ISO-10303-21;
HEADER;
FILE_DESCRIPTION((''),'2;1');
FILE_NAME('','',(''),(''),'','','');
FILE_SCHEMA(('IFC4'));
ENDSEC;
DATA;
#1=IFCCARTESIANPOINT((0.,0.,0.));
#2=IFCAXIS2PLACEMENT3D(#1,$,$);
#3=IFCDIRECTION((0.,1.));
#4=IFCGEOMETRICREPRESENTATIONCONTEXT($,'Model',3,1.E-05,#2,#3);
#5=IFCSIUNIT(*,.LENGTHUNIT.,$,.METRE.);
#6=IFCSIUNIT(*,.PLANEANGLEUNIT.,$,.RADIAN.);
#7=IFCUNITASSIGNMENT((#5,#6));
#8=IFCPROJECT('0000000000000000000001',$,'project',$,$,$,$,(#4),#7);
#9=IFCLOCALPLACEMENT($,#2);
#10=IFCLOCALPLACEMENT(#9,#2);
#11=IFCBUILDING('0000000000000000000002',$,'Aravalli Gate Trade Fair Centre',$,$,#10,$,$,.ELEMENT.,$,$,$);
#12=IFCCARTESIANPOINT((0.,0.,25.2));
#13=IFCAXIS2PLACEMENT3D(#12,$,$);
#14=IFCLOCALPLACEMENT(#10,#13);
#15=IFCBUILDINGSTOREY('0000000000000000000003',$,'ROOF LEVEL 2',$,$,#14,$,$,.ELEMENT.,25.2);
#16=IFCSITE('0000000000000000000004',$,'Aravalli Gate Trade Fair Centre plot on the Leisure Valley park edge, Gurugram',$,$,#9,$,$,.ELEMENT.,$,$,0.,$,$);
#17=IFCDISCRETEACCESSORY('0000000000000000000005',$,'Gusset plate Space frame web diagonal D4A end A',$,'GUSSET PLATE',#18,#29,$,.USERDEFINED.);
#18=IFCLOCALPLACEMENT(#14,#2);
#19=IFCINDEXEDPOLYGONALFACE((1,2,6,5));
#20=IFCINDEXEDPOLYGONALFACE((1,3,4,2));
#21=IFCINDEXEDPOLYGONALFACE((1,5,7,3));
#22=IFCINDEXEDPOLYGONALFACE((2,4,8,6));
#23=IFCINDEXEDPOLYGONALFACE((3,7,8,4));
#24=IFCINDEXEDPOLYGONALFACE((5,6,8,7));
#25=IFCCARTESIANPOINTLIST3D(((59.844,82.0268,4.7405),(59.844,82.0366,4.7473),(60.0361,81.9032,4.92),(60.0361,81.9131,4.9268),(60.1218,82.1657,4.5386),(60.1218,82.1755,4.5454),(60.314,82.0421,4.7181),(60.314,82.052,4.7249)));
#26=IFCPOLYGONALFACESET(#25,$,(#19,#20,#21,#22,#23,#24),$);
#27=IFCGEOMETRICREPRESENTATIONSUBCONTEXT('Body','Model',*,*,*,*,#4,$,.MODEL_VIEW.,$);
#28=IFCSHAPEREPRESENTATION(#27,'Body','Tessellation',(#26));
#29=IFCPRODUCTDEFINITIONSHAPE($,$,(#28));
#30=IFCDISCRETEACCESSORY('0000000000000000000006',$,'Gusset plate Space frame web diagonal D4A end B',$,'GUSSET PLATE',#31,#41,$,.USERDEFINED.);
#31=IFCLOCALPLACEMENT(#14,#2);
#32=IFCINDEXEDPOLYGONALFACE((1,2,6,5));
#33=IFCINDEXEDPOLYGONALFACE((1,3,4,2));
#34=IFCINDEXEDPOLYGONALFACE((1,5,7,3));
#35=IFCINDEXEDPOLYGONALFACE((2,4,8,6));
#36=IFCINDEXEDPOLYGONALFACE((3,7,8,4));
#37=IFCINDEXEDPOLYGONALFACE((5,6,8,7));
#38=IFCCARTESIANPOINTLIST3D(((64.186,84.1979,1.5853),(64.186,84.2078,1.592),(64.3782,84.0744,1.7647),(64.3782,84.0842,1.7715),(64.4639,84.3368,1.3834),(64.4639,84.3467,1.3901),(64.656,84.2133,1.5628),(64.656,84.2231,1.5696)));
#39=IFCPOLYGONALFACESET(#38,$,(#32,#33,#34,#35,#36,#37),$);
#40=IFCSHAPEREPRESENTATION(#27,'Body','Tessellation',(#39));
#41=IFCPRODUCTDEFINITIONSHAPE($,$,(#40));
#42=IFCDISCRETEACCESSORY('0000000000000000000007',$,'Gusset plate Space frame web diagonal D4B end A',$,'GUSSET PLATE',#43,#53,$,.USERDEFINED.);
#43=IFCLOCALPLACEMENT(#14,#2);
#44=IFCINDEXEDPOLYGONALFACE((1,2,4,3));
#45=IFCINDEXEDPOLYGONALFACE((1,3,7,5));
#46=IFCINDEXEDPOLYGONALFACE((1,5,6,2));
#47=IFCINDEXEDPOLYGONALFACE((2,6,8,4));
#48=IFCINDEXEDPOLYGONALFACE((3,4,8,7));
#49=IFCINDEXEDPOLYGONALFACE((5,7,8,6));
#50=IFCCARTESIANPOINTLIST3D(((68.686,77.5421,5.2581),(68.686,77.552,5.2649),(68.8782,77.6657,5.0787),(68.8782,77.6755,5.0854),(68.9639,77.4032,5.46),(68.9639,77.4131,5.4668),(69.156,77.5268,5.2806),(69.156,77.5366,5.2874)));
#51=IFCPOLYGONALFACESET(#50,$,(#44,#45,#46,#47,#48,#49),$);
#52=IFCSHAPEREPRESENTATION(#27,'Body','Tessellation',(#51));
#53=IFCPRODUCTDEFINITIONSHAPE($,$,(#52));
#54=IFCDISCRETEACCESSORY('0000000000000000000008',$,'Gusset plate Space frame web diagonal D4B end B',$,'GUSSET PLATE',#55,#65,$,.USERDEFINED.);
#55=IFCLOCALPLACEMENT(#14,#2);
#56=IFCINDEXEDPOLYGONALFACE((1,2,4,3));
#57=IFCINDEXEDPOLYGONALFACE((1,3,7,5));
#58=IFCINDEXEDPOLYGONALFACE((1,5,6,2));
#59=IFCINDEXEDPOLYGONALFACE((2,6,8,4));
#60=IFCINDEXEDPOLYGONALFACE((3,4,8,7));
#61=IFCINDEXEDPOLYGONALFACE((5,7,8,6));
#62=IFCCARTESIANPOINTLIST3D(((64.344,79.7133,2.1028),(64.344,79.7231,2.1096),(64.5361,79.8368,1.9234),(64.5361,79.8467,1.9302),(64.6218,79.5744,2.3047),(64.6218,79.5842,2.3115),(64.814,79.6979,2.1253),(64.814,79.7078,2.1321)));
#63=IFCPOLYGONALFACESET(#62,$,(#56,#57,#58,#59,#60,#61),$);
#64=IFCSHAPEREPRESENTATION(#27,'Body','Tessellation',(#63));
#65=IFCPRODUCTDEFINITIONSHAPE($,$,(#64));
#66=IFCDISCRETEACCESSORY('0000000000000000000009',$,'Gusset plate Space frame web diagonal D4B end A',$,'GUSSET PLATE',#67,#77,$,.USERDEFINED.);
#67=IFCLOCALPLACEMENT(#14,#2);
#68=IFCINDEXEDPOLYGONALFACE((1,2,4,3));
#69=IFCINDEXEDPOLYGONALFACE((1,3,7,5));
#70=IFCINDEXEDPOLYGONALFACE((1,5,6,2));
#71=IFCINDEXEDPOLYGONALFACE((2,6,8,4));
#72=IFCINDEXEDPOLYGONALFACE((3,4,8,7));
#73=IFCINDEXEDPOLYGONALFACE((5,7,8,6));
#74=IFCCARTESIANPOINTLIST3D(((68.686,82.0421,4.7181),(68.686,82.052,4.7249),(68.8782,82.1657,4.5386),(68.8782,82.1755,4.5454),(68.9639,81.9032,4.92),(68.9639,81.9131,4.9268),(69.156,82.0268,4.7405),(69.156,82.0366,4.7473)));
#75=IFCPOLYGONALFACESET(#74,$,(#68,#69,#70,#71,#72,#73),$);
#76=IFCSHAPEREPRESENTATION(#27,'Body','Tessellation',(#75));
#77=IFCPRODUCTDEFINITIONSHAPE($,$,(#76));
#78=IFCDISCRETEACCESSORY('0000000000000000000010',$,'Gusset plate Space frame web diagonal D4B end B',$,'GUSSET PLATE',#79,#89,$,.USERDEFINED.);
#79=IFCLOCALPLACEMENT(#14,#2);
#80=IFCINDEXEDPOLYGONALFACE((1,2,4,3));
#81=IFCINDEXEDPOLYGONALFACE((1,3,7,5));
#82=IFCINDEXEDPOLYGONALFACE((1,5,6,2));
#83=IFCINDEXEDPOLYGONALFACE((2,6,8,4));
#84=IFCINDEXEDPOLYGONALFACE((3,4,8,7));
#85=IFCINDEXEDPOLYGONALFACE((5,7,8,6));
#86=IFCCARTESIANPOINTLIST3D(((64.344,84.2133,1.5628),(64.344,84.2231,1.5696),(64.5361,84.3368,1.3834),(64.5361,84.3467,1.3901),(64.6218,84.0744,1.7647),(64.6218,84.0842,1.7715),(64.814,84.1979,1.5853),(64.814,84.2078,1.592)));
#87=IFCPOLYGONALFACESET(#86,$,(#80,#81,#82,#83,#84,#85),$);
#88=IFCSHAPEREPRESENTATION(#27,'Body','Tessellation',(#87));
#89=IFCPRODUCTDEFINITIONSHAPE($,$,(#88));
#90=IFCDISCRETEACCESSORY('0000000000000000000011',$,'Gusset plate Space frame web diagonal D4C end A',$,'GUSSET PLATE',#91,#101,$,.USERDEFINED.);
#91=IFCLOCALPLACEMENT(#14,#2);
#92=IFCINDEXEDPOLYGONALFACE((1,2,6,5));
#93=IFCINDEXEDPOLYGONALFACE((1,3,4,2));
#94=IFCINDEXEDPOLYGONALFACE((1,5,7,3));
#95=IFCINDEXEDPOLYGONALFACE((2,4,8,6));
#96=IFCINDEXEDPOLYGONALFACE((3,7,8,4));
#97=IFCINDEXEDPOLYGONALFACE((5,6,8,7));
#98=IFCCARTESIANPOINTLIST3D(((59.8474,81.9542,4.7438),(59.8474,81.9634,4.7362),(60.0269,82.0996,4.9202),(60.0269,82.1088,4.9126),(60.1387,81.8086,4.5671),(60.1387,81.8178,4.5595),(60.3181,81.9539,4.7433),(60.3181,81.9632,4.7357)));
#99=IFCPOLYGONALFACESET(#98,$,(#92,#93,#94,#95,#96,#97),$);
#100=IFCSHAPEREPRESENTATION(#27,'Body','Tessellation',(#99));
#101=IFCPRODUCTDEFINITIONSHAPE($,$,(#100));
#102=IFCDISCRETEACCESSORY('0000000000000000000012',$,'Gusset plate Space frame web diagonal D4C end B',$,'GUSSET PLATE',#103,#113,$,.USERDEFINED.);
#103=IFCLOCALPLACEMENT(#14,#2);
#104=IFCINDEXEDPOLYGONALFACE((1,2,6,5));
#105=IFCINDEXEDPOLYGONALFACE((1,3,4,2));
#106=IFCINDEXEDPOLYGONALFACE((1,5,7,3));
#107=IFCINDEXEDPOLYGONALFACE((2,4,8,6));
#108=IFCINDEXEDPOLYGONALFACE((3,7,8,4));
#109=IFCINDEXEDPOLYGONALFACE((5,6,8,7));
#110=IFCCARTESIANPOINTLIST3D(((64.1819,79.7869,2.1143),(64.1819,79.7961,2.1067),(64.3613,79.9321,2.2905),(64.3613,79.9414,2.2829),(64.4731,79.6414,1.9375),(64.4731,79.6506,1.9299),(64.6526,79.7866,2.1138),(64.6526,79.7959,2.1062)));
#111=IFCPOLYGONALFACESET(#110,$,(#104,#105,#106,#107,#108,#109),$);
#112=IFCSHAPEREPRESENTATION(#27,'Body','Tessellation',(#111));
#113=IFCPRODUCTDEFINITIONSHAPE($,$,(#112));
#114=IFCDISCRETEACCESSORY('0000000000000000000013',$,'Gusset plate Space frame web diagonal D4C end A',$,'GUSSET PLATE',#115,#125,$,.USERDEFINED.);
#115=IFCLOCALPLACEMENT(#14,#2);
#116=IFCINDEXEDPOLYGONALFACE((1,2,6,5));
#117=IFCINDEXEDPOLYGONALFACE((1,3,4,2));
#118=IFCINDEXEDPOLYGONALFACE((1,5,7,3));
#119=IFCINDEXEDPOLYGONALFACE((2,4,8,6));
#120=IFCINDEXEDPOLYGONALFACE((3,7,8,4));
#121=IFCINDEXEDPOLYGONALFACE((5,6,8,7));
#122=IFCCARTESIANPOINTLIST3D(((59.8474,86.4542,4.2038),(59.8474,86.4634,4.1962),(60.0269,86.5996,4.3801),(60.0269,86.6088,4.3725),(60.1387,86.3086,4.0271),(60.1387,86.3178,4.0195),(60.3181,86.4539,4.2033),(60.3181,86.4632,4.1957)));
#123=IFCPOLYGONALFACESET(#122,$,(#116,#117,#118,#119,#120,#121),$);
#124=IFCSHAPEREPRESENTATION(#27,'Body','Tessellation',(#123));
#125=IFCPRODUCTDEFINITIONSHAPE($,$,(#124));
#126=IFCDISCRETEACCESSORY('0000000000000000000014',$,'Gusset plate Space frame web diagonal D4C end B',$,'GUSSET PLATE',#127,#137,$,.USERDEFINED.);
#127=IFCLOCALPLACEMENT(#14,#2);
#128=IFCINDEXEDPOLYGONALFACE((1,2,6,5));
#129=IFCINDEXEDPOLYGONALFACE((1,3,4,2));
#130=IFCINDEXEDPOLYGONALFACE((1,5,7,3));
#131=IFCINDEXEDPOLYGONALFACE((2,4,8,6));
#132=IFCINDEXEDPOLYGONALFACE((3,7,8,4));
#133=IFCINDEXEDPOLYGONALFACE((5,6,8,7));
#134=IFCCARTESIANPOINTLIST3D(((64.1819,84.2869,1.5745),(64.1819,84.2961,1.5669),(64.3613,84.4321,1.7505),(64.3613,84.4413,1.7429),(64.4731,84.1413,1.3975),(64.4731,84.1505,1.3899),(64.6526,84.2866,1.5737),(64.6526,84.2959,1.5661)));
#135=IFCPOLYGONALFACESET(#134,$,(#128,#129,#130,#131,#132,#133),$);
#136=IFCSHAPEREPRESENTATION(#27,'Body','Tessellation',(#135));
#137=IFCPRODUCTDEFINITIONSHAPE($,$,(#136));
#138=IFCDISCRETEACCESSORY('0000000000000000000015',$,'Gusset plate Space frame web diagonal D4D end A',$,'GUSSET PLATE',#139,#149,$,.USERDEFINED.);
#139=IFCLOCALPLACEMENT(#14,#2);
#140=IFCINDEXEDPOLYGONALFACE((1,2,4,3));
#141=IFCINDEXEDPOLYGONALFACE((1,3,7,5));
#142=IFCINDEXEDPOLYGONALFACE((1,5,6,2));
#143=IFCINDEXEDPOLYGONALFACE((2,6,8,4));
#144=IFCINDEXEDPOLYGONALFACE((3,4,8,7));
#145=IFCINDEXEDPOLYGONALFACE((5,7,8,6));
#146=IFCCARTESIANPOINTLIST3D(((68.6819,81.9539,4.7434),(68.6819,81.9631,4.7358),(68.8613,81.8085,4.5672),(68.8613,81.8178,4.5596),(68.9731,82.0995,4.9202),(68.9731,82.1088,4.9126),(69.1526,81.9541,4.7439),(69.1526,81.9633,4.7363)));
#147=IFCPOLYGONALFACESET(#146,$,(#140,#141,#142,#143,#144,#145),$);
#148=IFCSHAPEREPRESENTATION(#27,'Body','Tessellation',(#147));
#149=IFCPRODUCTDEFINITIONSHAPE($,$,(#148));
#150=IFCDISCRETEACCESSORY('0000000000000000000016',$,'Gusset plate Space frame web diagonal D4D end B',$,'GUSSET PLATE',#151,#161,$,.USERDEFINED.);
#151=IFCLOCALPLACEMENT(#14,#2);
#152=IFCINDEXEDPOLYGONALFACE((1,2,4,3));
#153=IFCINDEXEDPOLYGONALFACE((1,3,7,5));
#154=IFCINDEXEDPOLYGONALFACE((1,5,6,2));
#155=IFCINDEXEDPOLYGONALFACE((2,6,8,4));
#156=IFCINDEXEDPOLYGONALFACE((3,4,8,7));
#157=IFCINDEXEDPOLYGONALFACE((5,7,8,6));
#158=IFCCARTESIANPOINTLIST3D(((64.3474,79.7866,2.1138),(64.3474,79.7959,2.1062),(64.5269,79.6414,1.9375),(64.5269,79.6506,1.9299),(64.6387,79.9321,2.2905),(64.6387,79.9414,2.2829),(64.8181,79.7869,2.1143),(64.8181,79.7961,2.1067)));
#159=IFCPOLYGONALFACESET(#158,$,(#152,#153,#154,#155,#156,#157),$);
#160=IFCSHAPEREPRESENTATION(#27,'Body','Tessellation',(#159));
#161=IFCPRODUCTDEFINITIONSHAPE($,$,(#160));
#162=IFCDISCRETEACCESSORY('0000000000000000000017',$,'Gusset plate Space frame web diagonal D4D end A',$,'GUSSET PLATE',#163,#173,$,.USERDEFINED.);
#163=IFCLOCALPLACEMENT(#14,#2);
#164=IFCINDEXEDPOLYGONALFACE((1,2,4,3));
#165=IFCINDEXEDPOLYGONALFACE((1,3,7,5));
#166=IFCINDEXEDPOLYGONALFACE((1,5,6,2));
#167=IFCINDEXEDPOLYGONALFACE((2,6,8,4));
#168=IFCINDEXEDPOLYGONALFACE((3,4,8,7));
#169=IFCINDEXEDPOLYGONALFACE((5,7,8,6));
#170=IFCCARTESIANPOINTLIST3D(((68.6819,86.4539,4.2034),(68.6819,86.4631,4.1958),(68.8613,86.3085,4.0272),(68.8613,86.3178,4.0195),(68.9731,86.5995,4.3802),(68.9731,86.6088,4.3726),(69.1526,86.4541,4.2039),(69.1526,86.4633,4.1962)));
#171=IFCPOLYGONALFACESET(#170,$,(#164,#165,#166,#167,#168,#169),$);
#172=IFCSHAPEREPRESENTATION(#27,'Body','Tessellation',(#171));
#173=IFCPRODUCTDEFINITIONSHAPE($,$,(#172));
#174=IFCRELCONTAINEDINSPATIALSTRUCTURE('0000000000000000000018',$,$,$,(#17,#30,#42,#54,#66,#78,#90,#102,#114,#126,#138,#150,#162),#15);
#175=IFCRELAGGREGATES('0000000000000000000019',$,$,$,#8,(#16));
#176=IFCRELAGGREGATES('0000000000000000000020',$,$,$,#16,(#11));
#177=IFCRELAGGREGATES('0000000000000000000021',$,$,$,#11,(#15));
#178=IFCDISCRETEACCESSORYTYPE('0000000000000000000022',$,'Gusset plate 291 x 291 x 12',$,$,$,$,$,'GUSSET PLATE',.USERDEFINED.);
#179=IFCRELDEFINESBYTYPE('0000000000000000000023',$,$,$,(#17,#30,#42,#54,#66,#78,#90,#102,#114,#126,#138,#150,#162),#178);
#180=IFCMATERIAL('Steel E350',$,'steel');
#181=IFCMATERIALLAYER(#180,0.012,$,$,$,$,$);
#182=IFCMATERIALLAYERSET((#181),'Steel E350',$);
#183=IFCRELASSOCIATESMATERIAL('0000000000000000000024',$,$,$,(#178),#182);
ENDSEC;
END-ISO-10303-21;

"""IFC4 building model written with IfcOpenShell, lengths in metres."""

from ifc_helpers import new_model, si_unit, direction, frame, origin, place, context, subcontext, project, spatial, polyline, outline, extrude, material, layer, layer_set, type_object, element, save


model = new_model("IFC4")

# Units and contexts
model_context = context("Model", 3, precision=1e-05, world=origin(), true_north=direction((0.0, 1.0)))
body_context = subcontext(model_context, "Body", "Model", "MODEL_VIEW")
ifc_project = project(units=[si_unit("LENGTHUNIT", "METRE"), si_unit("PLANEANGLEUNIT", "RADIAN")], contexts=[model_context])

# Site, building, storey
site_placement = place(None, origin())
site = spatial("IfcSite", under=ifc_project, at=site_placement, Name="Aravalli Gate Trade Fair Centre plot on the Leisure Valley park edge, Gurugram", CompositionType="ELEMENT", RefElevation=0.0)
building_placement = place(site_placement, origin())
building = spatial("IfcBuilding", under=site, at=building_placement, Name="Aravalli Gate Trade Fair Centre", CompositionType="ELEMENT")
storey_placement = place(building_placement, frame((0.0, 0.0, 25.2)))
storey = spatial("IfcBuildingStorey", under=building, at=storey_placement, Name="ROOF LEVEL 2", CompositionType="ELEMENT", Elevation=25.2)

# Shared definitions
ifc_material = material(Name="Steel E350", Category="steel")

# Discrete accessories
ifc_layer = layer(ifc_material, 0.012)
ifc_layer_set = layer_set([ifc_layer], Name="Steel E350")
discrete_accessory_type = type_object("IfcDiscreteAccessoryType", Name="Gusset plate 291 x 291 x 12", ElementType="GUSSET PLATE", PredefinedType="USERDEFINED", material=ifc_layer_set)
discrete_accessory_1_placement = place(storey_placement, frame((60.1218, 82.1755, 4.5454), z_axis=(0.000137, 0.82375, 0.566952), x_axis=(-0.749929, -0.374965, 0.544984)))
element("IfcDiscreteAccessory", 1, at=discrete_accessory_1_placement, inside=storey, type_object=discrete_accessory_type, Name="Gusset plate Space frame web diagonal D4A end A", ObjectType="GUSSET PLATE", PredefinedType="USERDEFINED", context=body_context, shape_type="SweptSolid", body=[
    extrude(outline(polyline([(0.0, 0.0), (0.3705, 0.0), (0.3705, 0.2905), (0.0, 0.2905), (0.0, 0.0)])), origin(), (0.0, 0.0, -1.0), 0.012),
])
discrete_accessory_2_placement = place(storey_placement, frame((64.186, 84.2078, 1.592), z_axis=(0.000137, 0.82375, 0.566952), x_axis=(0.749929, 0.374965, -0.544984)))
element("IfcDiscreteAccessory", 2, at=discrete_accessory_2_placement, inside=storey, type_object=discrete_accessory_type, Name="Gusset plate Space frame web diagonal D4A end B", ObjectType="GUSSET PLATE", PredefinedType="USERDEFINED", context=body_context, shape_type="SweptSolid", body=[
    extrude(outline(polyline([(0.0, 0.0), (0.3705, 0.0), (0.3705, -0.2905), (0.0, -0.2905), (0.0, 0.0)])), origin(), (0.0, 0.0, -1.0), 0.012),
])
discrete_accessory_3_placement = place(storey_placement, frame((68.686, 77.552, 5.2649), z_axis=(-0.000137, 0.82375, 0.566952), x_axis=(0.749929, -0.374965, 0.544984)))
element("IfcDiscreteAccessory", 3, at=discrete_accessory_3_placement, inside=storey, type_object=discrete_accessory_type, Name="Gusset plate Space frame web diagonal D4B end A", ObjectType="GUSSET PLATE", PredefinedType="USERDEFINED", context=body_context, shape_type="SweptSolid", body=[
    extrude(outline(polyline([(0.0, 0.0), (0.3705, 0.0), (0.3705, 0.2905), (0.0, 0.2905), (0.0, 0.0)])), origin(), (0.0, 0.0, -1.0), 0.012),
])
discrete_accessory_4_placement = place(storey_placement, frame((64.6218, 79.5842, 2.3115), z_axis=(-0.000137, 0.82375, 0.566952), x_axis=(-0.749929, 0.374965, -0.544984)))
element("IfcDiscreteAccessory", 4, at=discrete_accessory_4_placement, inside=storey, type_object=discrete_accessory_type, Name="Gusset plate Space frame web diagonal D4B end B", ObjectType="GUSSET PLATE", PredefinedType="USERDEFINED", context=body_context, shape_type="SweptSolid", body=[
    extrude(outline(polyline([(0.0, 0.0), (0.3705, 0.0), (0.3705, -0.2905), (0.0, -0.2905), (0.0, 0.0)])), origin(), (0.0, 0.0, -1.0), 0.012),
])
discrete_accessory_5_placement = place(storey_placement, frame((68.686, 82.052, 4.7249), z_axis=(-0.000137, 0.82375, 0.566952), x_axis=(0.749929, -0.374965, 0.544984)))
element("IfcDiscreteAccessory", 5, at=discrete_accessory_5_placement, inside=storey, type_object=discrete_accessory_type, Name="Gusset plate Space frame web diagonal D4B end A", ObjectType="GUSSET PLATE", PredefinedType="USERDEFINED", context=body_context, shape_type="SweptSolid", body=[
    extrude(outline(polyline([(0.0, 0.0), (0.3705, 0.0), (0.3705, 0.2905), (0.0, 0.2905), (0.0, 0.0)])), origin(), (0.0, 0.0, -1.0), 0.012),
])
discrete_accessory_6_placement = place(storey_placement, frame((64.6218, 84.0842, 1.7715), z_axis=(-0.000137, 0.82375, 0.566952), x_axis=(-0.749929, 0.374965, -0.544984)))
element("IfcDiscreteAccessory", 6, at=discrete_accessory_6_placement, inside=storey, type_object=discrete_accessory_type, Name="Gusset plate Space frame web diagonal D4B end B", ObjectType="GUSSET PLATE", PredefinedType="USERDEFINED", context=body_context, shape_type="SweptSolid", body=[
    extrude(outline(polyline([(0.0, 0.0), (0.3705, 0.0), (0.3705, -0.2905), (0.0, -0.2905), (0.0, 0.0)])), origin(), (0.0, 0.0, -1.0), 0.012),
])
discrete_accessory_7_placement = place(storey_placement, frame((60.1387, 81.8086, 4.5671), z_axis=(0.00026, -0.771582, 0.63613), x_axis=(-0.78619, 0.392962, 0.476956)))
element("IfcDiscreteAccessory", 7, at=discrete_accessory_7_placement, inside=storey, type_object=discrete_accessory_type, Name="Gusset plate Space frame web diagonal D4C end A", ObjectType="GUSSET PLATE", PredefinedType="USERDEFINED", context=body_context, shape_type="SweptSolid", body=[
    extrude(outline(polyline([(0.0, 0.0), (0.3705, 0.0), (0.3706, -0.2906), (0.0001, -0.2905), (0.0, 0.0)])), origin(), (0.0, 0.0, -1.0), 0.012),
])
discrete_accessory_8_placement = place(storey_placement, frame((64.1819, 79.7869, 2.1143), z_axis=(0.000259, -0.771844, 0.635812), x_axis=(0.78619, -0.392765, -0.477118)))
element("IfcDiscreteAccessory", 8, at=discrete_accessory_8_placement, inside=storey, type_object=discrete_accessory_type, Name="Gusset plate Space frame web diagonal D4C end B", ObjectType="GUSSET PLATE", PredefinedType="USERDEFINED", context=body_context, shape_type="SweptSolid", body=[
    extrude(outline(polyline([(0.0, 0.0), (0.3705, 0.0), (0.3704, 0.2905), (-0.0001, 0.2905), (0.0, 0.0)])), origin(), (0.0, 0.0, -1.0), 0.012),
])
discrete_accessory_9_placement = place(storey_placement, frame((60.1387, 86.3086, 4.0271), z_axis=(0.00026, -0.771582, 0.63613), x_axis=(-0.78619, 0.392962, 0.476956)))
element("IfcDiscreteAccessory", 9, at=discrete_accessory_9_placement, inside=storey, type_object=discrete_accessory_type, Name="Gusset plate Space frame web diagonal D4C end A", ObjectType="GUSSET PLATE", PredefinedType="USERDEFINED", context=body_context, shape_type="SweptSolid", body=[
    extrude(outline(polyline([(0.0, 0.0), (0.3705, 0.0), (0.3706, -0.2906), (0.0001, -0.2905), (0.0, 0.0)])), origin(), (0.0, 0.0, -1.0), 0.012),
])
discrete_accessory_10_placement = place(storey_placement, frame((64.1819, 84.2869, 1.5745), z_axis=(0.000589, -0.771792, 0.635874), x_axis=(0.785943, -0.392803, -0.477493)))
element("IfcDiscreteAccessory", 10, at=discrete_accessory_10_placement, inside=storey, type_object=discrete_accessory_type, Name="Gusset plate Space frame web diagonal D4C end B", ObjectType="GUSSET PLATE", PredefinedType="USERDEFINED", context=body_context, shape_type="SweptSolid", body=[
    extrude(outline(polyline([(0.0, 0.0), (0.3706, 0.0), (0.3704, 0.2905), (-0.0001, 0.2903), (0.0, 0.0)])), origin(), (0.0, 0.0, -1.0), 0.012),
])
discrete_accessory_11_placement = place(storey_placement, frame((68.6819, 81.9539, 4.7434), z_axis=(-0.00026, -0.771582, 0.63613), x_axis=(0.785986, 0.393126, 0.477156)))
element("IfcDiscreteAccessory", 11, at=discrete_accessory_11_placement, inside=storey, type_object=discrete_accessory_type, Name="Gusset plate Space frame web diagonal D4D end A", ObjectType="GUSSET PLATE", PredefinedType="USERDEFINED", context=body_context, shape_type="SweptSolid", body=[
    extrude(outline(polyline([(0.0, 0.0), (0.3706, 0.0), (0.3703, -0.2906), (-0.0002, -0.2905), (0.0, 0.0)])), origin(), (0.0, 0.0, -1.0), 0.012),
])
discrete_accessory_12_placement = place(storey_placement, frame((64.6387, 79.9321, 2.2905), z_axis=(-0.000259, -0.771844, 0.635812), x_axis=(-0.78619, -0.392765, -0.477118)))
element("IfcDiscreteAccessory", 12, at=discrete_accessory_12_placement, inside=storey, type_object=discrete_accessory_type, Name="Gusset plate Space frame web diagonal D4D end B", ObjectType="GUSSET PLATE", PredefinedType="USERDEFINED", context=body_context, shape_type="SweptSolid", body=[
    extrude(outline(polyline([(0.0, 0.0), (0.3705, 0.0), (0.3705, 0.2905), (0.0001, 0.2905), (0.0, 0.0)])), origin(), (0.0, 0.0, -1.0), 0.012),
])
discrete_accessory_13_placement = place(storey_placement, frame((68.6819, 86.4539, 4.2034), z_axis=(-0.00026, -0.771582, 0.63613), x_axis=(0.785986, 0.393126, 0.477156)))
element("IfcDiscreteAccessory", 13, at=discrete_accessory_13_placement, inside=storey, type_object=discrete_accessory_type, Name="Gusset plate Space frame web diagonal D4D end A", ObjectType="GUSSET PLATE", PredefinedType="USERDEFINED", context=body_context, shape_type="SweptSolid", body=[
    extrude(outline(polyline([(0.0, 0.0), (0.3706, 0.0), (0.3703, -0.2906), (-0.0002, -0.2905), (0.0, 0.0)])), origin(), (0.0, 0.0, -1.0), 0.012),
])

save(model, "model.ifc")
